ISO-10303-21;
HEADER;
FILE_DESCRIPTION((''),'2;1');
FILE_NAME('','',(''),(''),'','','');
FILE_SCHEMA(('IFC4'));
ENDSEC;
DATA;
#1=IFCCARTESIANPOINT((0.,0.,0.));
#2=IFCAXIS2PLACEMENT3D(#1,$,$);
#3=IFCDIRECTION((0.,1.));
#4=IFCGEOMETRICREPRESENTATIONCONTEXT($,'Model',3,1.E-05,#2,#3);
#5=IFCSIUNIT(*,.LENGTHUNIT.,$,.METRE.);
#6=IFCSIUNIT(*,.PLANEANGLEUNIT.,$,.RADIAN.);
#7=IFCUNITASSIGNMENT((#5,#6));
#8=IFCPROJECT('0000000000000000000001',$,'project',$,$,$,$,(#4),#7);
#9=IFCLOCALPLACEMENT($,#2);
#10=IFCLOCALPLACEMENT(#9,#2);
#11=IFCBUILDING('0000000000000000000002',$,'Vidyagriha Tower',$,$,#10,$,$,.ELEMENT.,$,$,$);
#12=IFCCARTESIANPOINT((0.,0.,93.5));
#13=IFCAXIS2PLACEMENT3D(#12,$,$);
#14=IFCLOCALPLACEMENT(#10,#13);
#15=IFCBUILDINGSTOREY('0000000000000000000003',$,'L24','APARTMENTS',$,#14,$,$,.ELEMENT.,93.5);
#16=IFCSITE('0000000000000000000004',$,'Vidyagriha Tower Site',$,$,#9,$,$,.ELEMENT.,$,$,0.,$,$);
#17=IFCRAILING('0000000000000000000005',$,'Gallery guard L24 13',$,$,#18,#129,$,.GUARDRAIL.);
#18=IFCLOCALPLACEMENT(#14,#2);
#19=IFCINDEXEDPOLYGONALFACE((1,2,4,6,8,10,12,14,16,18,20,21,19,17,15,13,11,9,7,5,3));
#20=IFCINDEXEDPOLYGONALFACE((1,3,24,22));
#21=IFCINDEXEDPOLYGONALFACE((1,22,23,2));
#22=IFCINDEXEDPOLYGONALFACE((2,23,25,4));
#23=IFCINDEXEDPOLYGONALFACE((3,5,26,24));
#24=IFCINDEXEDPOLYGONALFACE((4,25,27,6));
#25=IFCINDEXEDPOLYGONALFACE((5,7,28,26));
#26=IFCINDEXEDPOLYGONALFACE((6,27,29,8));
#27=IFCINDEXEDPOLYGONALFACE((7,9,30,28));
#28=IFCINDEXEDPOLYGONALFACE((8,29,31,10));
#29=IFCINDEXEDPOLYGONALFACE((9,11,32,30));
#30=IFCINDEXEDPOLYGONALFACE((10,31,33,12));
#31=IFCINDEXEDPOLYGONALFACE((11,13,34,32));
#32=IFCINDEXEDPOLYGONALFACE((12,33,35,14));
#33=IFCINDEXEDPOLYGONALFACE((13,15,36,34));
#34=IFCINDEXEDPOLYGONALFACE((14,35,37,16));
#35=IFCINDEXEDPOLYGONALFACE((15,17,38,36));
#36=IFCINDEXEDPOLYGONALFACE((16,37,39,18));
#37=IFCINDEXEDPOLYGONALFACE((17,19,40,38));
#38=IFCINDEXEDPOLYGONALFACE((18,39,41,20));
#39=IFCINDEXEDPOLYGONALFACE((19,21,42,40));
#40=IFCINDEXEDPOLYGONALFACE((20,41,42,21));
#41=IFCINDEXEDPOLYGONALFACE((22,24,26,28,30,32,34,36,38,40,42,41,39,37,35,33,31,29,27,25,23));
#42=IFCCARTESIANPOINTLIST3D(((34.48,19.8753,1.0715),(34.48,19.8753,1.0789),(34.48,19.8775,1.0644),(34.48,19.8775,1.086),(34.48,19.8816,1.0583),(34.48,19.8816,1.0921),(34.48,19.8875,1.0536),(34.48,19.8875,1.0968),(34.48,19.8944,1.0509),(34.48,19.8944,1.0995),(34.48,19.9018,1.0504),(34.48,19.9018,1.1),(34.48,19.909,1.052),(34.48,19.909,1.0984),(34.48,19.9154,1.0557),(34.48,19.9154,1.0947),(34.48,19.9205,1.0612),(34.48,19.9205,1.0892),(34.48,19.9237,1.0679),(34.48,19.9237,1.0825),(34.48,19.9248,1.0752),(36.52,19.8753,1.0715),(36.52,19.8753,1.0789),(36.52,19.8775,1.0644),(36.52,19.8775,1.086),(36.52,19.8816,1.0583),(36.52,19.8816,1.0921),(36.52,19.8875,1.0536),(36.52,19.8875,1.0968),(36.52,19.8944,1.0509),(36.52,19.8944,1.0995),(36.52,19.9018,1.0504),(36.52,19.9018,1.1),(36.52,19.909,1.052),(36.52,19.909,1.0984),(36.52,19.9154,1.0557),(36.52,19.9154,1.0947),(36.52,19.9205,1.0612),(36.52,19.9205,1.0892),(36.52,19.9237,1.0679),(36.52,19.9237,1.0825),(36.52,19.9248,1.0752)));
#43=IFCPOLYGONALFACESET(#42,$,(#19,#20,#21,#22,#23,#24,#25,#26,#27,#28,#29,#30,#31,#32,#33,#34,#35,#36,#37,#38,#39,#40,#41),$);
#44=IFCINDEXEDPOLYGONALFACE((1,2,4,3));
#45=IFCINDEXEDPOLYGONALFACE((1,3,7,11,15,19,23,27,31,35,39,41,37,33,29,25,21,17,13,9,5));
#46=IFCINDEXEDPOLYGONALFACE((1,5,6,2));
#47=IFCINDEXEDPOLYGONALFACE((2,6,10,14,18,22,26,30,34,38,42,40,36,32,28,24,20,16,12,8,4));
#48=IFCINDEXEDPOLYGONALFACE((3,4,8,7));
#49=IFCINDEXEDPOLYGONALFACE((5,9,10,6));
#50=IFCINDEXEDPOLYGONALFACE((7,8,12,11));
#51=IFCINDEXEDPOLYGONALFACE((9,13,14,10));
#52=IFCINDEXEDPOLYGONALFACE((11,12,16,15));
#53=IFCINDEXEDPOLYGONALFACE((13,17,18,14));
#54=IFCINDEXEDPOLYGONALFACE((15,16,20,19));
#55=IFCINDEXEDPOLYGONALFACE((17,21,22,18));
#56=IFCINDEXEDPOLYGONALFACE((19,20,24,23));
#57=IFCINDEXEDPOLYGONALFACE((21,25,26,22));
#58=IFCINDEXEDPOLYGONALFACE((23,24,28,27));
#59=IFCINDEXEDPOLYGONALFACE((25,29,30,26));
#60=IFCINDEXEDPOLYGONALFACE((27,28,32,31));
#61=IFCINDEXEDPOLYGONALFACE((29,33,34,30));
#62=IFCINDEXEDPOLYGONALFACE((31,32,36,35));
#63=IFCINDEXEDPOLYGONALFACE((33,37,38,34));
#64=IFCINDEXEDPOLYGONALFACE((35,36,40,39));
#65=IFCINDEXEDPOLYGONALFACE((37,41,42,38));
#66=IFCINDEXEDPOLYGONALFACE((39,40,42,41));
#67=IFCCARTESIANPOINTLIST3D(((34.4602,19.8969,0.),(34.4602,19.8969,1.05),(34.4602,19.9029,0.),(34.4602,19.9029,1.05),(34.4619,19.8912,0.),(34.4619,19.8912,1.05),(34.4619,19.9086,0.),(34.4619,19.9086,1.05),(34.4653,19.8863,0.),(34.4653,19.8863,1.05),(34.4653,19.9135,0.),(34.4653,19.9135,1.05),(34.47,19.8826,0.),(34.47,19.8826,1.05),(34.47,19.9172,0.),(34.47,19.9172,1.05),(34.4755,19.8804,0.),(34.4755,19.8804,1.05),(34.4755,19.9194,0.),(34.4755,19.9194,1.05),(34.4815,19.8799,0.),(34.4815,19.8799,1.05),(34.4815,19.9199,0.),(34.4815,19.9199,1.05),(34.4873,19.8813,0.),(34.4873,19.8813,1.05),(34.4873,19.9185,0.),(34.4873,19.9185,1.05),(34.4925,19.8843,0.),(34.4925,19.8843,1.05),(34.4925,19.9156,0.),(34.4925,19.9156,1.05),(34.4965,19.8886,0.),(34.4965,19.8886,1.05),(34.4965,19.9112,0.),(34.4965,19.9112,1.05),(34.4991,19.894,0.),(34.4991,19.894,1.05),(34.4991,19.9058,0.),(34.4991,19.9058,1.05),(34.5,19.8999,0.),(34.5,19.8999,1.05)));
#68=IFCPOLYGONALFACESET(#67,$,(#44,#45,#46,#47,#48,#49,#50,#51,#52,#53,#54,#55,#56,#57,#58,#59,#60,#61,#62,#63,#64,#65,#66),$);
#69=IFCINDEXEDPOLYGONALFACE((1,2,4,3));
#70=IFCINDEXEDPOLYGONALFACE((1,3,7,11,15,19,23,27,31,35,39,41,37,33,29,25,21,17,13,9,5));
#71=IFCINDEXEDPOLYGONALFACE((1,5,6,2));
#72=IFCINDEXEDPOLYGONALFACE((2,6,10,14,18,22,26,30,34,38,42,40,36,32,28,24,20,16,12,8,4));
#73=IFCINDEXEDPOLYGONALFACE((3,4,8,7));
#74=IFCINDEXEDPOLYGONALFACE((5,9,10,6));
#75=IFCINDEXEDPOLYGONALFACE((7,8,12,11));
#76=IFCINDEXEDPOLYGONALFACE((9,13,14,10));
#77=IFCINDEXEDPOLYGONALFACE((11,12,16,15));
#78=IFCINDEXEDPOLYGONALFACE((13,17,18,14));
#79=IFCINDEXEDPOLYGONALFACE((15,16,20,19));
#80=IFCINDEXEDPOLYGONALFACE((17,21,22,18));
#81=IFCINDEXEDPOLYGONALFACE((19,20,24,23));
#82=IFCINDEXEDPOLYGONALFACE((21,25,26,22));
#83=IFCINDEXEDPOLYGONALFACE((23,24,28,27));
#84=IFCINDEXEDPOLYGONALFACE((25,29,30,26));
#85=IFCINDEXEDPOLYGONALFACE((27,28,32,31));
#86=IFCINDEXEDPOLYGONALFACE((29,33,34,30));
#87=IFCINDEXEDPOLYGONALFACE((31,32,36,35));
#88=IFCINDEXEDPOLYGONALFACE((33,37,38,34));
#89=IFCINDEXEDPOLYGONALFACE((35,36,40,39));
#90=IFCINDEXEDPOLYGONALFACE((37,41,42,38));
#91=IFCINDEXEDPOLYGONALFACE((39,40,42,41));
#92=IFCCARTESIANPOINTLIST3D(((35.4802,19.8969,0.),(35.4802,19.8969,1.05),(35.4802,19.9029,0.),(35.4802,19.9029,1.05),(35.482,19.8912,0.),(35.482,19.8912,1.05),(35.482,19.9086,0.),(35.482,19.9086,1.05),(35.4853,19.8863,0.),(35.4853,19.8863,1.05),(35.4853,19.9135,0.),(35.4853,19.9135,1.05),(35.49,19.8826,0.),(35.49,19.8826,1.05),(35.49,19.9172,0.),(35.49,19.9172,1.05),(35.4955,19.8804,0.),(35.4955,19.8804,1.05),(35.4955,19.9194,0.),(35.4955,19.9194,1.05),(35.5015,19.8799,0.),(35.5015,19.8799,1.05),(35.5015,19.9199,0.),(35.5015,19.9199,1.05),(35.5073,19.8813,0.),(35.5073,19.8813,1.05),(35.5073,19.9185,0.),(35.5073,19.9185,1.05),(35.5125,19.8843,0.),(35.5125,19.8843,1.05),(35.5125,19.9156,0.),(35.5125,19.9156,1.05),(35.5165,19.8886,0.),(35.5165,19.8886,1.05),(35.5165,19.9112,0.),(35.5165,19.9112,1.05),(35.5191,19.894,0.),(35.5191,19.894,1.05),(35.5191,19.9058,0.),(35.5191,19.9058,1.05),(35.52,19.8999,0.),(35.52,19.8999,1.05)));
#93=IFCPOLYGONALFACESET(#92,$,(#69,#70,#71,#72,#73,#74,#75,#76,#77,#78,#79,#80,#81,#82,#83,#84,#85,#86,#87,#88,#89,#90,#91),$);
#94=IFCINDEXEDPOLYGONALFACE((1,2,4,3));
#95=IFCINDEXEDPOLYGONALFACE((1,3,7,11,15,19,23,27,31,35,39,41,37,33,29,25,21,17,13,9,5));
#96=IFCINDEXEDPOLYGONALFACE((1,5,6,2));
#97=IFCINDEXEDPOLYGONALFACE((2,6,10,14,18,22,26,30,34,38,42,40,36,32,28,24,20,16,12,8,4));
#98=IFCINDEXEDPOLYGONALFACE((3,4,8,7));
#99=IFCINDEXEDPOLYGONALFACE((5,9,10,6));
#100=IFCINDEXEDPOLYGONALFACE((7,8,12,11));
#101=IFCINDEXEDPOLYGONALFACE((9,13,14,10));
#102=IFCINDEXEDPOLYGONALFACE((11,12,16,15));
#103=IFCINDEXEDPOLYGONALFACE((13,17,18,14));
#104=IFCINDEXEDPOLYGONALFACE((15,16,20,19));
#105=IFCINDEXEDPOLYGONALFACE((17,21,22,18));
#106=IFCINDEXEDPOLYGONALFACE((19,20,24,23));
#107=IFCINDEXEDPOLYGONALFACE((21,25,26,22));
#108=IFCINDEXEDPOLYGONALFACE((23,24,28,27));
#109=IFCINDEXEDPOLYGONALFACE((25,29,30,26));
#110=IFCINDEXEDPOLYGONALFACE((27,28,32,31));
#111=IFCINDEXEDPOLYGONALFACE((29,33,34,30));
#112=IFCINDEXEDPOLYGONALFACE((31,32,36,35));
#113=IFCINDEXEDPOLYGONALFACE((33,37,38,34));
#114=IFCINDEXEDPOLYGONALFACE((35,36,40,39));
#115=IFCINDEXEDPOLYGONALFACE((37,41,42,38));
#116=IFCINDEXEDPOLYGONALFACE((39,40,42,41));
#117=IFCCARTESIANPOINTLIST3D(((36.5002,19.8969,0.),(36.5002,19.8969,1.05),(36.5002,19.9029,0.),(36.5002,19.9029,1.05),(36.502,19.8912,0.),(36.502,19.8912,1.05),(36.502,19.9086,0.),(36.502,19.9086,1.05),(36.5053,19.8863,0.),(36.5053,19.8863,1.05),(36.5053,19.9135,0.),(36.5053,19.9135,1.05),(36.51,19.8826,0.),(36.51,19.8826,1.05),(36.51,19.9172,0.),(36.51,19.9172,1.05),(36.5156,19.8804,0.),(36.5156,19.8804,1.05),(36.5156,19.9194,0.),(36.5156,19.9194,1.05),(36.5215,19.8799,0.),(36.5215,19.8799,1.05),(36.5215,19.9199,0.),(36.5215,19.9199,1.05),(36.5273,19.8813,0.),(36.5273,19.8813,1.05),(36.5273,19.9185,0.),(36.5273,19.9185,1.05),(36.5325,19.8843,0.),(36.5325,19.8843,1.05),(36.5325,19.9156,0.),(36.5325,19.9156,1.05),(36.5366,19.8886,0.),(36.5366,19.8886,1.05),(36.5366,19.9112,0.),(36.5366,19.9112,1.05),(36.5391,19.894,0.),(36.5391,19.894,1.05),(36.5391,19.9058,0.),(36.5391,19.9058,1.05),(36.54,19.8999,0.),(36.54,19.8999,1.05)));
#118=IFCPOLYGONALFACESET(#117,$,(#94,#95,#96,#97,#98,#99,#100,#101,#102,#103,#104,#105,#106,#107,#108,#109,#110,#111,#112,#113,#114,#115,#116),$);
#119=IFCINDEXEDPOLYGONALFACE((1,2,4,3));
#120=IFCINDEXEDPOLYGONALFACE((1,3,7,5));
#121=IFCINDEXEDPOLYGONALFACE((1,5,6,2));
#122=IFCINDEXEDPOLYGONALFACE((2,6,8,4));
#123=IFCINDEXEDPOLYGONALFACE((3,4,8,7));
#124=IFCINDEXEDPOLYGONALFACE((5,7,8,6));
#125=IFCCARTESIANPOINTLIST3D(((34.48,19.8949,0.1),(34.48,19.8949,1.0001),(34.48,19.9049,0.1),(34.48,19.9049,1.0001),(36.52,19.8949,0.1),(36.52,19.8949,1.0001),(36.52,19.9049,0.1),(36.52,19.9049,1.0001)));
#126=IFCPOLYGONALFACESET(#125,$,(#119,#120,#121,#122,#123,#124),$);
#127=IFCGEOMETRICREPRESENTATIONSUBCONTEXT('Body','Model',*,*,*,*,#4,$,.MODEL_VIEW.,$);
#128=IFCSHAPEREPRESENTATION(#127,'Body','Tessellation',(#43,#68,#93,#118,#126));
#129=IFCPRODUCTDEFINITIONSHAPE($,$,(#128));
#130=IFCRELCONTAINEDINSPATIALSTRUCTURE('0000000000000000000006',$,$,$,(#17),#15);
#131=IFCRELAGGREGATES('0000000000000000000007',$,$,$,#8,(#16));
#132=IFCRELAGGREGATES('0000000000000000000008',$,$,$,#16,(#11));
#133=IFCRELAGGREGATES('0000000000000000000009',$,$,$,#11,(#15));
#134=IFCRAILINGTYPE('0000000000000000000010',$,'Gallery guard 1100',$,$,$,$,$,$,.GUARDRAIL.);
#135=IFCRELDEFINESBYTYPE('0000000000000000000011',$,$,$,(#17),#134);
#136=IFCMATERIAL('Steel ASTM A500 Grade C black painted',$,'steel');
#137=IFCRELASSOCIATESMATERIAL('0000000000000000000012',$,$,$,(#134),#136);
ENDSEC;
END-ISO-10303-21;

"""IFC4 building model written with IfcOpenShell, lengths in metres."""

from ifc_helpers import new_model, si_unit, direction, frame, origin, origin_2d, place, context, subcontext, project, spatial, rectangle, circle, extrude, material, type_object, element, save


model = new_model("IFC4")

# Units and contexts
model_context = context("Model", 3, precision=1e-05, world=origin(), true_north=direction((0.0, 1.0)))
body_context = subcontext(model_context, "Body", "Model", "MODEL_VIEW")
ifc_project = project(units=[si_unit("LENGTHUNIT", "METRE"), si_unit("PLANEANGLEUNIT", "RADIAN")], contexts=[model_context])

# Site, building, storey
site_placement = place(None, origin())
site = spatial("IfcSite", under=ifc_project, at=site_placement, Name="Vidyagriha Tower Site", CompositionType="ELEMENT", RefElevation=0.0)
building_placement = place(site_placement, origin())
building = spatial("IfcBuilding", under=site, at=building_placement, Name="Vidyagriha Tower", CompositionType="ELEMENT")
storey_placement = place(building_placement, frame((0.0, 0.0, 93.5)))
storey = spatial("IfcBuildingStorey", under=building, at=storey_placement, Name="L24", Description="APARTMENTS", CompositionType="ELEMENT", Elevation=93.5)

# Railing
ifc_material_1 = material(Name="Steel ASTM A500 Grade C black painted", Category="steel")
railing_type = type_object("IfcRailingType", Name="Gallery guard 1100", PredefinedType="GUARDRAIL", material=ifc_material_1)
railing_1_placement = place(storey_placement, frame((34.48, 19.8999, 0.0)))
element("IfcRailing", 1, at=railing_1_placement, inside=storey, type_object=railing_type, Name="Gallery guard L24 13", PredefinedType="GUARDRAIL", context=body_context, shape_type="SweptSolid", body=[
    extrude(circle(Radius=0.0249, at=origin_2d()), frame((0.0, 0.0, 1.0752), z_axis=(1.0, 0.0, 0.0), x_axis=(0.0, 1.0, 0.0)), (0.0, 0.0, 1.0), 2.04),
    extrude(circle(Radius=0.02, at=origin_2d()), origin(), (0.0, 0.0, 1.0), 1.05),
    extrude(circle(Radius=0.02, at=origin_2d()), frame((1.02, 0.0, 0.0)), (0.0, 0.0, 1.0), 1.05),
    extrude(circle(Radius=0.02, at=origin_2d()), frame((2.04, 0.0, 0.0)), (0.0, 0.0, 1.0), 1.05),
    extrude(rectangle(XDim=0.01, YDim=0.9001, at=origin_2d()), frame((0.0, 0.0, 0.55), z_axis=(1.0, 0.0, 0.0), x_axis=(0.0, 1.0, 0.0)), (0.0, 0.0, 1.0), 2.04),
])

save(model, "model.ifc")
